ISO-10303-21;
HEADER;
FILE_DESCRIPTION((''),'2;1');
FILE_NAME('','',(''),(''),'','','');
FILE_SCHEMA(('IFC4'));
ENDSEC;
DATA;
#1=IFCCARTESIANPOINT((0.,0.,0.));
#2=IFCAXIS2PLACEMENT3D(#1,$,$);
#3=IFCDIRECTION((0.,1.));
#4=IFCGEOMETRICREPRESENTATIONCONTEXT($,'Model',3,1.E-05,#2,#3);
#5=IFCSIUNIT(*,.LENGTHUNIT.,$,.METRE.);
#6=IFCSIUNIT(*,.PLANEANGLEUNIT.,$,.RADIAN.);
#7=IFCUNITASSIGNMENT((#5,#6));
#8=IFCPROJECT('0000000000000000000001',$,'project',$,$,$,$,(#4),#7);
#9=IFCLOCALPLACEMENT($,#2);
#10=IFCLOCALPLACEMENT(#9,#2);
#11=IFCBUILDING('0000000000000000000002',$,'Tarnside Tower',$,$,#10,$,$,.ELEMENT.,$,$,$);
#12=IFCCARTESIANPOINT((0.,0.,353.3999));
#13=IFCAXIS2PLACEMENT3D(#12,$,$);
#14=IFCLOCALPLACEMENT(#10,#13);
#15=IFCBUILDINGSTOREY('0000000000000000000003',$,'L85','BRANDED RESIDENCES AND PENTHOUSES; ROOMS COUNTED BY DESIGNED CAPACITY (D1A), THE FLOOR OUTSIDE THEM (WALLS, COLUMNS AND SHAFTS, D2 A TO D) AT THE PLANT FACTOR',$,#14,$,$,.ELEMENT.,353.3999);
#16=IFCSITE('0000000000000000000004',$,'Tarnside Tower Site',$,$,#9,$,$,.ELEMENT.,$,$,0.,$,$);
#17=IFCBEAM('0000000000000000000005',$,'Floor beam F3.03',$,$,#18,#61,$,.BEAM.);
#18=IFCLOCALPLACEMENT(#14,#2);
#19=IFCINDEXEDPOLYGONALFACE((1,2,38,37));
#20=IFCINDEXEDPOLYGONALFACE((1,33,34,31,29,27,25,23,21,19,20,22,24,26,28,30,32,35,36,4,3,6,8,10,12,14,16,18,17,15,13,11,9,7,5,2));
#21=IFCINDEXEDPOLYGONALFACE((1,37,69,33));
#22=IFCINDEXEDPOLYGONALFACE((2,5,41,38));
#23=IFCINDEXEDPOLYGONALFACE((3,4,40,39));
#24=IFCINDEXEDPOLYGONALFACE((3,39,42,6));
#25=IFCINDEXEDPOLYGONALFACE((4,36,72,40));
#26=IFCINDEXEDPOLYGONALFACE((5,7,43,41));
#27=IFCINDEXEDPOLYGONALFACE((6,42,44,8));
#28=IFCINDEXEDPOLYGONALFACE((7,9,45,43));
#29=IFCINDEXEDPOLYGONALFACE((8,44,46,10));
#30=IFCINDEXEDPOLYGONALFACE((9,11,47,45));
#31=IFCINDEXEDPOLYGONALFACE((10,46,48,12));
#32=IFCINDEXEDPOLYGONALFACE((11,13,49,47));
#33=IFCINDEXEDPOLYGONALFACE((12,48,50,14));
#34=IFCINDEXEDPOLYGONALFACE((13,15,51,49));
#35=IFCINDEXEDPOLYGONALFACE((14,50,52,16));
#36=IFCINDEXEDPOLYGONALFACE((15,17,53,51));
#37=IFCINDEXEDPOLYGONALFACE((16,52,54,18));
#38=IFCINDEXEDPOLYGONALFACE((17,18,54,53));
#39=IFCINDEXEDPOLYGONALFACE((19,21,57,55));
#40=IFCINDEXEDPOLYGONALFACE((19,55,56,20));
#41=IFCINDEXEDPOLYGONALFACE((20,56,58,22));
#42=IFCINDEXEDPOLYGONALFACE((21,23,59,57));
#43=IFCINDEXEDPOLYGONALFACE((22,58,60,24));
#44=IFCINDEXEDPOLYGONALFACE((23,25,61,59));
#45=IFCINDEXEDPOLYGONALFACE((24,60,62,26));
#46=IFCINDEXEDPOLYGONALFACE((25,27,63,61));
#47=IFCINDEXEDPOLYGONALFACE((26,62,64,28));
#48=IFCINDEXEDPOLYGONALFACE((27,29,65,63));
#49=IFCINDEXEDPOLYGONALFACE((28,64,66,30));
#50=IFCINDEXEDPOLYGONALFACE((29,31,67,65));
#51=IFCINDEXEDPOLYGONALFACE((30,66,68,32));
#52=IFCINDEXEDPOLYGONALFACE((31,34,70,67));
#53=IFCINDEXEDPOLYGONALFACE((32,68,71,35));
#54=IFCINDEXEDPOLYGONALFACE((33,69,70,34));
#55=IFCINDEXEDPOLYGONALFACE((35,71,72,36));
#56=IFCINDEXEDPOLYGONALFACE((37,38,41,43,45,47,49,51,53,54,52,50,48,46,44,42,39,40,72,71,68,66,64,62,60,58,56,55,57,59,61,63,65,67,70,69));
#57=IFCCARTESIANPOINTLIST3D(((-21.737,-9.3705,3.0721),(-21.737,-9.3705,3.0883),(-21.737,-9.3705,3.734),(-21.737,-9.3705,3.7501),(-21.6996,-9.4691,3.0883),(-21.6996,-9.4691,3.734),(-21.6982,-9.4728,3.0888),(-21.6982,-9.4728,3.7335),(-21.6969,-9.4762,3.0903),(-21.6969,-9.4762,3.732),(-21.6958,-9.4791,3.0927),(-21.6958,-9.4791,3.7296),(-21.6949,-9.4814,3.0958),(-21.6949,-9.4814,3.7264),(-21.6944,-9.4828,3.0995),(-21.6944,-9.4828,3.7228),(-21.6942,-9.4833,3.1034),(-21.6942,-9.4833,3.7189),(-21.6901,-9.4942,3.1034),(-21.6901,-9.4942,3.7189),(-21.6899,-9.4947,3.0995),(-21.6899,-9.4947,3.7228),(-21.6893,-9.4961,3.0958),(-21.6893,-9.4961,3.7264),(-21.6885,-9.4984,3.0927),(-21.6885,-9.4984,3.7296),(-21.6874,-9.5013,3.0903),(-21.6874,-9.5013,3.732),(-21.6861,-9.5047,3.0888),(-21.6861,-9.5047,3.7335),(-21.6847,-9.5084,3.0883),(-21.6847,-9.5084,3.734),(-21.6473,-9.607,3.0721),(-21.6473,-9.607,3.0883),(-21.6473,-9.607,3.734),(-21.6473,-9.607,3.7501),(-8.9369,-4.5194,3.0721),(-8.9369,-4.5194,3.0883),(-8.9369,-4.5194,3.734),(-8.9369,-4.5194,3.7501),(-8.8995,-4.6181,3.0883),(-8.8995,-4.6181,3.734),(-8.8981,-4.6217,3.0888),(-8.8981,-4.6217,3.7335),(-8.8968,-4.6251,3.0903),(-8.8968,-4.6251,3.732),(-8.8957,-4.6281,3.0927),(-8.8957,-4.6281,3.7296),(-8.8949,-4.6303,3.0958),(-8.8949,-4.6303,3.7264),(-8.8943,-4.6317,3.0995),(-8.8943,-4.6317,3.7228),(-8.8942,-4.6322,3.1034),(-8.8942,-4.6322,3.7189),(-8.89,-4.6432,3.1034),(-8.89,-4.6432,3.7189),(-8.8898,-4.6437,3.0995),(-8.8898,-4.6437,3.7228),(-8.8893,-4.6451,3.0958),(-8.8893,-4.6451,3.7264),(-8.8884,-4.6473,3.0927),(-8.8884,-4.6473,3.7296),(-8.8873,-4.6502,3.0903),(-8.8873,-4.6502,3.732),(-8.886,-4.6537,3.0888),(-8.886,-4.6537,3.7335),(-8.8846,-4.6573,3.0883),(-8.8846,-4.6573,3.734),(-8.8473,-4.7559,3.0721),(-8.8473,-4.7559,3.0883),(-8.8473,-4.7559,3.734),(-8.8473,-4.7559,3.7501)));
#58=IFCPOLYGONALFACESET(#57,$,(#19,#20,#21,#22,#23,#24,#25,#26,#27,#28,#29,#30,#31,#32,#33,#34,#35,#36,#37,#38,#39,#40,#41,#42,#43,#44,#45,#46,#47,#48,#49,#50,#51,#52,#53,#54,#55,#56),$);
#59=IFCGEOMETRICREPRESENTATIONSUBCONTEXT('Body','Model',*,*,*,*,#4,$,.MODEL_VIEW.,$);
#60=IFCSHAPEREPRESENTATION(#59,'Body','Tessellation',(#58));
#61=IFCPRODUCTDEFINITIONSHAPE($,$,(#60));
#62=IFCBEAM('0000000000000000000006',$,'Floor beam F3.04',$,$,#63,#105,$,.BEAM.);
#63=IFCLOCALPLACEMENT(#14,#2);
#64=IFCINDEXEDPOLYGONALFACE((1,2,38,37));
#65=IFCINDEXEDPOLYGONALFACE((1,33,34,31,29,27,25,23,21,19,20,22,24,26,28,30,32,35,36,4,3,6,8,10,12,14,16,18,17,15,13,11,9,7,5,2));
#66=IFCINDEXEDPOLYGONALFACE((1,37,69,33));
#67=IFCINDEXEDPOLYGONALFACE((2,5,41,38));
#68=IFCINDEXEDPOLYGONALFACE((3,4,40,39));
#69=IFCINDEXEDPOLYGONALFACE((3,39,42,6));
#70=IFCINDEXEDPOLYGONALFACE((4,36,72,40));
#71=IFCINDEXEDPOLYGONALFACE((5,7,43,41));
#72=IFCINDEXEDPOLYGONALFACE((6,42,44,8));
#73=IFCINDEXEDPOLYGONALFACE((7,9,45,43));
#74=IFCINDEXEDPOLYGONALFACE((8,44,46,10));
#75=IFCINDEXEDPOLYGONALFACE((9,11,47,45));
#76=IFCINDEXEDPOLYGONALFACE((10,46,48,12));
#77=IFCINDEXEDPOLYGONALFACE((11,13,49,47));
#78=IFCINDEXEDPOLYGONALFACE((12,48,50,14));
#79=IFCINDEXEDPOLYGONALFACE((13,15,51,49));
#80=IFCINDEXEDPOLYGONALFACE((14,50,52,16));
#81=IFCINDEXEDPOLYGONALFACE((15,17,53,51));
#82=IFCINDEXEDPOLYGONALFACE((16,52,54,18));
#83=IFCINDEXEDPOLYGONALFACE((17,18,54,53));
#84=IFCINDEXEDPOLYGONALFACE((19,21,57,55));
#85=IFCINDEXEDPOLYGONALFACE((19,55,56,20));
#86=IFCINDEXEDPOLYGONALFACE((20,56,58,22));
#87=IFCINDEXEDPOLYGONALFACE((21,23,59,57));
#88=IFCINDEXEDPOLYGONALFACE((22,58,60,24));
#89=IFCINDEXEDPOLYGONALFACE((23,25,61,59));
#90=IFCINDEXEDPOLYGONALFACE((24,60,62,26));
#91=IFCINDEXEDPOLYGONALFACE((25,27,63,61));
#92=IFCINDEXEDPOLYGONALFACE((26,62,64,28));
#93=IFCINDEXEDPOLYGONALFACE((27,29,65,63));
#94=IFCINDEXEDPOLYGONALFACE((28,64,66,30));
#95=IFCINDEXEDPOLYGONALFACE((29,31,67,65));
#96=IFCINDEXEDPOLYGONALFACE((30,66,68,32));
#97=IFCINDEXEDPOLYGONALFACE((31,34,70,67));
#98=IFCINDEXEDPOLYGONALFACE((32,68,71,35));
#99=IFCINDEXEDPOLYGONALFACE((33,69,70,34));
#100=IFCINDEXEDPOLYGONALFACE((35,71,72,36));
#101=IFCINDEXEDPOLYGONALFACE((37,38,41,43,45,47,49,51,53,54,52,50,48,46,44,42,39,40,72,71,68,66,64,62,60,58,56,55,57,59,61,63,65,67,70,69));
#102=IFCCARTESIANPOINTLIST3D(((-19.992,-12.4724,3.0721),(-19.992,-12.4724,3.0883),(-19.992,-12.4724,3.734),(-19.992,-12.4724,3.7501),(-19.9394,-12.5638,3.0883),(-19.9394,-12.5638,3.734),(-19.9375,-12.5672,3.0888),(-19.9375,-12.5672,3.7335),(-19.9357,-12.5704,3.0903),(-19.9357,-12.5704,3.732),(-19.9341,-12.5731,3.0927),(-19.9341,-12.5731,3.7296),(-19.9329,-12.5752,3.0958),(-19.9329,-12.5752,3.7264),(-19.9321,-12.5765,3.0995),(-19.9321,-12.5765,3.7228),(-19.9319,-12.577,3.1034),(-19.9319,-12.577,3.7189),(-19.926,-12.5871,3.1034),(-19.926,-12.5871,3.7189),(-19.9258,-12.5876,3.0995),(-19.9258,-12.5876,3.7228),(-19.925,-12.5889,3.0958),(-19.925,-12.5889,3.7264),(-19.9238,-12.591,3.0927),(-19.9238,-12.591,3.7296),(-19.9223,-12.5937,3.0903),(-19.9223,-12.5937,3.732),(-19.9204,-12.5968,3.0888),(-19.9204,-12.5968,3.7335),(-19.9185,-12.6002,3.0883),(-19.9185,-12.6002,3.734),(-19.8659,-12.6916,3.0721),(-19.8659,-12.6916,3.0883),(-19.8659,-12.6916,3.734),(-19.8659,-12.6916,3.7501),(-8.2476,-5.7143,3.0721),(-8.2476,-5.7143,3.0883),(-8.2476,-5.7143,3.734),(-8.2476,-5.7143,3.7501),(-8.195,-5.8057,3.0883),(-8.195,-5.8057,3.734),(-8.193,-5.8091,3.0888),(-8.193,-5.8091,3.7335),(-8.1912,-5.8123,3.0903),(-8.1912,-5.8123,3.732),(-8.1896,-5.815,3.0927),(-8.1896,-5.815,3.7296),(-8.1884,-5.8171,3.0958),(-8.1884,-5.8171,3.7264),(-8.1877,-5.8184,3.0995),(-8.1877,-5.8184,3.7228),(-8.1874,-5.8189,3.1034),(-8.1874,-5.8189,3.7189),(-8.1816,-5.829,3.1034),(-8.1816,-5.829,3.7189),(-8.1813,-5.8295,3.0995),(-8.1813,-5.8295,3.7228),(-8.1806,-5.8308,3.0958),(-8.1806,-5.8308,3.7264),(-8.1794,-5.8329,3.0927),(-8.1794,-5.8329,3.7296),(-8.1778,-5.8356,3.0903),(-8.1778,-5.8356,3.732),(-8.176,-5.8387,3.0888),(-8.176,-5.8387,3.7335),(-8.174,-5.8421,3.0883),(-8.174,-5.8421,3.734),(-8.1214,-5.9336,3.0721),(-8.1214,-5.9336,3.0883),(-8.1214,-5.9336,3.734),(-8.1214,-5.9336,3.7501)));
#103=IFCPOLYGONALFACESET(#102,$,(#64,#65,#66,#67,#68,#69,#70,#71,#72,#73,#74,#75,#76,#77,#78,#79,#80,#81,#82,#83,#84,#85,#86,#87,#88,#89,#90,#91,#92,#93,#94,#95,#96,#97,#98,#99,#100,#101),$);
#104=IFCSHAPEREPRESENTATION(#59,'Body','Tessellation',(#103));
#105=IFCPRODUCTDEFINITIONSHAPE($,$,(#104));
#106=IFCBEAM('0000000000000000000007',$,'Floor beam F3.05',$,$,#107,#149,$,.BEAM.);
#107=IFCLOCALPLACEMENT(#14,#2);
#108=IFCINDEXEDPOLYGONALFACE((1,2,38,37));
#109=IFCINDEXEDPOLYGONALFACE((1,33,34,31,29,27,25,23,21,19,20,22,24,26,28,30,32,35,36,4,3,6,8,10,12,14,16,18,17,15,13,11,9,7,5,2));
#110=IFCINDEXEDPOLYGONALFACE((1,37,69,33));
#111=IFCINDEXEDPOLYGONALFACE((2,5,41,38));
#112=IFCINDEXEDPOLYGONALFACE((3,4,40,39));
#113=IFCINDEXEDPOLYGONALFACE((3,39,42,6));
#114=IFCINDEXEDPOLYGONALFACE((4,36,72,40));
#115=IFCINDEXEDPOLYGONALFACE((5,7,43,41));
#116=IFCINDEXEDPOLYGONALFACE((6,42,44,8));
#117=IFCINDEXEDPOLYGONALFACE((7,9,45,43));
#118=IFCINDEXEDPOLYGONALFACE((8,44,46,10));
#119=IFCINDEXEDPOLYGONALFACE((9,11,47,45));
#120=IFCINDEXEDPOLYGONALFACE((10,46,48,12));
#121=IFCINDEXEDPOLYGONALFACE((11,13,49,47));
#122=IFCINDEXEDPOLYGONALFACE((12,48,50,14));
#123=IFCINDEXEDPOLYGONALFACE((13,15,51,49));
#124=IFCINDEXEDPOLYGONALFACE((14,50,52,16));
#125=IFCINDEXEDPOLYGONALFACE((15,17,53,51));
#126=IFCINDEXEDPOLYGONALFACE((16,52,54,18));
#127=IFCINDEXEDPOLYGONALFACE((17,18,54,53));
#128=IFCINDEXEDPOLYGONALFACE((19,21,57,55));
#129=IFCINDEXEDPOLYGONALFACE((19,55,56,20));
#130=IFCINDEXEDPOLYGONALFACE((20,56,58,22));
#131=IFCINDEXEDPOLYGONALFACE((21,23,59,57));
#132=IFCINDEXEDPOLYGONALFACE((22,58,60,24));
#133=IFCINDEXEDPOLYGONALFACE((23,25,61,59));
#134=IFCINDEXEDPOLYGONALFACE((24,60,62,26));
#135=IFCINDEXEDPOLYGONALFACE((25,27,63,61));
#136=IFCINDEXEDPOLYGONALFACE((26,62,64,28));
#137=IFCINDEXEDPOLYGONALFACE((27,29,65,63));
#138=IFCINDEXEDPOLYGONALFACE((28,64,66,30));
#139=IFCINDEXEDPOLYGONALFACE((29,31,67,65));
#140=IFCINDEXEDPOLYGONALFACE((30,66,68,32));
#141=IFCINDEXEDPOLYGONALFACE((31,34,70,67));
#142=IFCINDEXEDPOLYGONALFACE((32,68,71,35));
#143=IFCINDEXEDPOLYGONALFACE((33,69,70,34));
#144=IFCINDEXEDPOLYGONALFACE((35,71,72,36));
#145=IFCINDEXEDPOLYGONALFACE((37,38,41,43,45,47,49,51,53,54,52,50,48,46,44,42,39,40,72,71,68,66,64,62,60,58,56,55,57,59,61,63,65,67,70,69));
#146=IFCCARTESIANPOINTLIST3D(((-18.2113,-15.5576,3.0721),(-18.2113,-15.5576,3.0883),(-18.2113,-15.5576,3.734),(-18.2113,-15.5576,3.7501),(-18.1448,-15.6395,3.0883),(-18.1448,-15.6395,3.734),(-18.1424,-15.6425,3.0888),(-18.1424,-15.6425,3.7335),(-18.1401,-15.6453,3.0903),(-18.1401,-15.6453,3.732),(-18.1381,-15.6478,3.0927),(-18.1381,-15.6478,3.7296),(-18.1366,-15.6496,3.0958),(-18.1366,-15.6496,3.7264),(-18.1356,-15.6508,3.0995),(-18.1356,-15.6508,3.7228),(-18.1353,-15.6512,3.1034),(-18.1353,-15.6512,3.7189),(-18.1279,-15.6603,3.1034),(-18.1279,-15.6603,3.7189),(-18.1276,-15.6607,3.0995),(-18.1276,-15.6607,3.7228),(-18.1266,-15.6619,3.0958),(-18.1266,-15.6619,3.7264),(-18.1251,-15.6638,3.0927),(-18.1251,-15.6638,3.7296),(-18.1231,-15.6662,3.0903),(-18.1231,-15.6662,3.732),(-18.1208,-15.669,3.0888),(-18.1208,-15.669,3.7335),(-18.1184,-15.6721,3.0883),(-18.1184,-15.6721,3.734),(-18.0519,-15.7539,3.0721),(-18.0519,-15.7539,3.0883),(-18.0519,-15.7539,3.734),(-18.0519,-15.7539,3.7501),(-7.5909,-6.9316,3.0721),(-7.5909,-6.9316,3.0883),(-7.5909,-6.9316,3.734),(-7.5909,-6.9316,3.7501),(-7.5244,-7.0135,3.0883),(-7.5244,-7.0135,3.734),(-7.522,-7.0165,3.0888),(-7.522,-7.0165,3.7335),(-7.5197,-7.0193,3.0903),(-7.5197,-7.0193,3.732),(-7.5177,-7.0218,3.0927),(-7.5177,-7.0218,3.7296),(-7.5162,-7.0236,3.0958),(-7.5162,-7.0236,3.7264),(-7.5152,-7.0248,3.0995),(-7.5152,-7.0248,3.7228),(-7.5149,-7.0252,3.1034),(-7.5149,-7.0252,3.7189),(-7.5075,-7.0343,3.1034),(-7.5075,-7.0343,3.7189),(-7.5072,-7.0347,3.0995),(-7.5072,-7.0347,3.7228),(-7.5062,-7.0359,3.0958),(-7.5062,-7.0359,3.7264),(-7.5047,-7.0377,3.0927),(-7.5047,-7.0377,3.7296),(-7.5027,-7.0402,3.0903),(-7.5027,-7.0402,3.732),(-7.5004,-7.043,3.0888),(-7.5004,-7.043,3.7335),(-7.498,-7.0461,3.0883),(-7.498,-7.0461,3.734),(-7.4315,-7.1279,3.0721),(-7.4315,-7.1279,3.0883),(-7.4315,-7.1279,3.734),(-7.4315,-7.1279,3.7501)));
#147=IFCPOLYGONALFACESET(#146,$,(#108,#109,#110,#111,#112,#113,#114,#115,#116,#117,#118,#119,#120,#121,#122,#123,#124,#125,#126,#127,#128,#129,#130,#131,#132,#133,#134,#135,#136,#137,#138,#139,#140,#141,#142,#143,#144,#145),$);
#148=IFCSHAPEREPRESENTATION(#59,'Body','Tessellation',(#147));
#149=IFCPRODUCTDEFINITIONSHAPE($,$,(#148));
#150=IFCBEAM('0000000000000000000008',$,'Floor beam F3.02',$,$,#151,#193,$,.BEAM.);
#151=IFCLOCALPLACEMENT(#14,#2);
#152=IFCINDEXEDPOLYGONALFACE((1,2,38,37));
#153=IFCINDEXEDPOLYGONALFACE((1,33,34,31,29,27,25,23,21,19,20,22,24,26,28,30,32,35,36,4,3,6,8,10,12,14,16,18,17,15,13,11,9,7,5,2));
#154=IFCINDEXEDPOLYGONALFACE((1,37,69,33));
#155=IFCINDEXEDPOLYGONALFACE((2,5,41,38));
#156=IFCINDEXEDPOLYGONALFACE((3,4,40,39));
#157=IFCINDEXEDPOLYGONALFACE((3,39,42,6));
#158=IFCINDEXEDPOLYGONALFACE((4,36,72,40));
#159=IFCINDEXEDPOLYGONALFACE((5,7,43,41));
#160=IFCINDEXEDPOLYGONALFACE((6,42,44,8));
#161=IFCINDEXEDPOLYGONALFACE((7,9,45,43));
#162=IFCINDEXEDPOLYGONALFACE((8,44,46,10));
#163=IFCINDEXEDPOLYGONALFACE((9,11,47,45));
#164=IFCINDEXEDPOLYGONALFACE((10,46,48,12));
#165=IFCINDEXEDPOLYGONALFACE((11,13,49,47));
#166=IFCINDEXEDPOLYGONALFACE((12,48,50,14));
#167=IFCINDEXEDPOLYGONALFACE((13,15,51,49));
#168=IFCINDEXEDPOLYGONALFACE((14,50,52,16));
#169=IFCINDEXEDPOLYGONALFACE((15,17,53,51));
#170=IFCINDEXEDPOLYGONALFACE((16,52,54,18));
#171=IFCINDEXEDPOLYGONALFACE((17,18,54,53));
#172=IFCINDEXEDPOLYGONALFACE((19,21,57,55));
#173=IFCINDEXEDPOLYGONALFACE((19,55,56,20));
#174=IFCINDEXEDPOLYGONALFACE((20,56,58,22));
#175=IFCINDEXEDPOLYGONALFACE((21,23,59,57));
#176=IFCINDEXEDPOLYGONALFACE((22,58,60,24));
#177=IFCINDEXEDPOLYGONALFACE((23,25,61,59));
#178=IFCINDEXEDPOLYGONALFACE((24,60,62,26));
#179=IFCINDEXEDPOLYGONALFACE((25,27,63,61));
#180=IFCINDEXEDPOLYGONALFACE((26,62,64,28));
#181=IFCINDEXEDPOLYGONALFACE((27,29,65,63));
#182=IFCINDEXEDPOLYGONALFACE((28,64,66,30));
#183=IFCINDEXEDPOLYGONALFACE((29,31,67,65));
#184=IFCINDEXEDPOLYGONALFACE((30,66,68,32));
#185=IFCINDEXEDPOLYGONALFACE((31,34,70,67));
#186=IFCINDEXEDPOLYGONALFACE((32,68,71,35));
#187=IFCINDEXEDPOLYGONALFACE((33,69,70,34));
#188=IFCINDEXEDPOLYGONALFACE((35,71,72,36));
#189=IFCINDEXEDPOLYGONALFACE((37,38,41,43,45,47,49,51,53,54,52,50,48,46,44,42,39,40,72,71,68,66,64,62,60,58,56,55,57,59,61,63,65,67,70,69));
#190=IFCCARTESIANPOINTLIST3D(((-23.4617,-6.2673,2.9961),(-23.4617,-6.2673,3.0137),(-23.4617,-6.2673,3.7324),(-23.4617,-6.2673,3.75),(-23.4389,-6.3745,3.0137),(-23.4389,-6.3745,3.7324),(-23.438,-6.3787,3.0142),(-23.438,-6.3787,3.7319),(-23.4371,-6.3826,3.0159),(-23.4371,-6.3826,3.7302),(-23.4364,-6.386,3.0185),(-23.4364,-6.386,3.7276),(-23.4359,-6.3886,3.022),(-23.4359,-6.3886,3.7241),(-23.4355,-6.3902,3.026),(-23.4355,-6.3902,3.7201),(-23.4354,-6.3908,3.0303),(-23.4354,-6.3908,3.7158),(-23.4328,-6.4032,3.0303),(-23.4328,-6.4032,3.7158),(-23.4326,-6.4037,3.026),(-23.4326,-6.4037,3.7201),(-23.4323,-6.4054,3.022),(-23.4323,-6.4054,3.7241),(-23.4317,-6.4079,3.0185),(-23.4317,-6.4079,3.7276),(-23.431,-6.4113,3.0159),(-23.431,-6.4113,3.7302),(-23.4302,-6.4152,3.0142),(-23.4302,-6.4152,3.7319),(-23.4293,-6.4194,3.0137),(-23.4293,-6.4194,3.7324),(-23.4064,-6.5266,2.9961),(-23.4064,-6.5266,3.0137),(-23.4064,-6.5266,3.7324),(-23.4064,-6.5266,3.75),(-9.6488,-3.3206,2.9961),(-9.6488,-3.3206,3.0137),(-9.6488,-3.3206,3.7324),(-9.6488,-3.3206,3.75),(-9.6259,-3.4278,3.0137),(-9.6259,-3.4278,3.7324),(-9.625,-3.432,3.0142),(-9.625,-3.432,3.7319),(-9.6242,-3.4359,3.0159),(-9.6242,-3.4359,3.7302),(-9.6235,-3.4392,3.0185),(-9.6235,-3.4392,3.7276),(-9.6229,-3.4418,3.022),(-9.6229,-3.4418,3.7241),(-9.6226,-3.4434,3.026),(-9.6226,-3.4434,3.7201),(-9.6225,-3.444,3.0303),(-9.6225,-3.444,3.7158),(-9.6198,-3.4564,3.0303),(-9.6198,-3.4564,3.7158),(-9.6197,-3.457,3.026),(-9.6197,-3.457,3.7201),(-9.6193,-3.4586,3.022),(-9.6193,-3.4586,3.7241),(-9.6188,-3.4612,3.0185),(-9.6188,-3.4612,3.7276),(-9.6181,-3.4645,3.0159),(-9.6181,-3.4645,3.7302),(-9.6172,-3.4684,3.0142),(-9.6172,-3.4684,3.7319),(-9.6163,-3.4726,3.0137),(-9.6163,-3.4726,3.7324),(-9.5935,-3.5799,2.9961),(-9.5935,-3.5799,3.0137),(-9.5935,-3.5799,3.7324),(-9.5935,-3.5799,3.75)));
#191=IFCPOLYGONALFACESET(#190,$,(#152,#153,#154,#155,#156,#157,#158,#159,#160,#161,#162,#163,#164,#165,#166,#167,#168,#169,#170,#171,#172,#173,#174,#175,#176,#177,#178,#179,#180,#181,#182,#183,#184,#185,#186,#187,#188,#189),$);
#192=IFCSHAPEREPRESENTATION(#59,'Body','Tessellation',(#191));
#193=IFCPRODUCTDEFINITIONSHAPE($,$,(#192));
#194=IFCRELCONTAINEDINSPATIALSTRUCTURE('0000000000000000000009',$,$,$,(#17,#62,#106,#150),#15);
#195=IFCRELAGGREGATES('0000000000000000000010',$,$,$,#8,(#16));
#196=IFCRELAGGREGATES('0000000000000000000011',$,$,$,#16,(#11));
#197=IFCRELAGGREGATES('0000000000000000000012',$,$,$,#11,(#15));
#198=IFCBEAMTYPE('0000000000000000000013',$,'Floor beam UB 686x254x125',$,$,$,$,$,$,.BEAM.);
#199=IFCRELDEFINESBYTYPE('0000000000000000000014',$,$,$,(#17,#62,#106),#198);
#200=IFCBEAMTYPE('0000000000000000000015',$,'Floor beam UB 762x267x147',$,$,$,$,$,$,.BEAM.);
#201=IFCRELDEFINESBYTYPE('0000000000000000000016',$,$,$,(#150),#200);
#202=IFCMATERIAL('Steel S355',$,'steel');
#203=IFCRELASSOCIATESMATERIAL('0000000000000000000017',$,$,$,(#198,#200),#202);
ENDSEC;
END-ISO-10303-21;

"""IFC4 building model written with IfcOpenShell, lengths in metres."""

from ifc_helpers import new_model, si_unit, direction, frame, origin, origin_2d, place, context, subcontext, project, spatial, i_section, extrude, material, material_profile, profile_set, type_object, element, save


model = new_model("IFC4")

# Units and contexts
model_context = context("Model", 3, precision=1e-05, world=origin(), true_north=direction((0.0, 1.0)))
body_context = subcontext(model_context, "Body", "Model", "MODEL_VIEW")
ifc_project = project(units=[si_unit("LENGTHUNIT", "METRE"), si_unit("PLANEANGLEUNIT", "RADIAN")], contexts=[model_context])

# Site, building, storey
site_placement = place(None, origin())
site = spatial("IfcSite", under=ifc_project, at=site_placement, Name="Tarnside Tower Site", CompositionType="ELEMENT", RefElevation=0.0)
building_placement = place(site_placement, origin())
building = spatial("IfcBuilding", under=site, at=building_placement, Name="Tarnside Tower", CompositionType="ELEMENT")
storey_placement = place(building_placement, frame((0.0, 0.0, 353.3999)))
storey = spatial("IfcBuildingStorey", under=building, at=storey_placement, Name="L85", Description="BRANDED RESIDENCES AND PENTHOUSES; ROOMS COUNTED BY DESIGNED CAPACITY (D1A), THE FLOOR OUTSIDE THEM (WALLS, COLUMNS AND SHAFTS, D2 A TO D) AT THE PLANT FACTOR", CompositionType="ELEMENT", Elevation=353.3999)

# Beams
ifc_material_1 = material(Name="Steel S355", Category="steel")
ifc_material_profile_1 = material_profile(ifc_material_1, i_section(OverallWidth=0.2529, OverallDepth=0.678, WebThickness=0.0117, FlangeThickness=0.0161, FilletRadius=0.0151, at=origin_2d()), Name="UB 686x254x125")
ifc_profile_set_1 = profile_set([ifc_material_profile_1], Name="Steel S355")
beam_type_1 = type_object("IfcBeamType", Name="Floor beam UB 686x254x125", PredefinedType="BEAM", material=ifc_profile_set_1)
beam_1_placement = place(storey_placement, frame((-21.6921, -9.4888, 3.4111), z_axis=(0.935097, 0.354391, 0.0), x_axis=(-0.354391, 0.935097, 0.0)))
element("IfcBeam", 1, at=beam_1_placement, inside=storey, type_object=beam_type_1, Name="Floor beam F3.03", PredefinedType="BEAM", context=body_context, shape_type="SweptSolid", body=[
    extrude(i_section(OverallWidth=0.2529, OverallDepth=0.678, WebThickness=0.0117, FlangeThickness=0.0161, FilletRadius=0.0151, at=origin_2d()), origin(), (0.0, 0.0, 1.0), 13.6885),
])
beam_2_placement = place(storey_placement, frame((-19.929, -12.582, 3.4111), z_axis=(0.866746, 0.49875, 0.0), x_axis=(-0.49875, 0.866746, 0.0)))
element("IfcBeam", 2, at=beam_2_placement, inside=storey, type_object=beam_type_1, Name="Floor beam F3.04", PredefinedType="BEAM", context=body_context, shape_type="SweptSolid", body=[
    extrude(i_section(OverallWidth=0.2529, OverallDepth=0.678, WebThickness=0.0117, FlangeThickness=0.0161, FilletRadius=0.0151, at=origin_2d()), origin(), (0.0, 0.0, 1.0), 13.55),
])
beam_3_placement = place(storey_placement, frame((-18.1316, -15.6558, 3.4111), z_axis=(0.776224, 0.630458, 0.0), x_axis=(-0.630458, 0.776224, 0.0)))
element("IfcBeam", 3, at=beam_3_placement, inside=storey, type_object=beam_type_1, Name="Floor beam F3.05", PredefinedType="BEAM", context=body_context, shape_type="SweptSolid", body=[
    extrude(i_section(OverallWidth=0.2529, OverallDepth=0.678, WebThickness=0.0117, FlangeThickness=0.0161, FilletRadius=0.0151, at=origin_2d()), origin(), (0.0, 0.0, 1.0), 13.6821),
])
ifc_material_profile_2 = material_profile(ifc_material_1, i_section(OverallWidth=0.2651, OverallDepth=0.7539, WebThickness=0.0127, FlangeThickness=0.0176, FilletRadius=0.0166, at=origin_2d()), Name="UB 762x267x147")
ifc_profile_set_2 = profile_set([ifc_material_profile_2], Name="Steel S355")
beam_type_2 = type_object("IfcBeamType", Name="Floor beam UB 762x267x147", PredefinedType="BEAM", material=ifc_profile_set_2)
beam_4_placement = place(storey_placement, frame((-23.4341, -6.397, 3.373), z_axis=(0.977993, 0.208639, 0.0), x_axis=(-0.208639, 0.977993, 0.0)))
element("IfcBeam", 4, at=beam_4_placement, inside=storey, type_object=beam_type_2, Name="Floor beam F3.02", PredefinedType="BEAM", context=body_context, shape_type="SweptSolid", body=[
    extrude(i_section(OverallWidth=0.2651, OverallDepth=0.7539, WebThickness=0.0127, FlangeThickness=0.0176, FilletRadius=0.0166, at=origin_2d()), origin(), (0.0, 0.0, 1.0), 14.1238),
])

save(model, "model.ifc")
